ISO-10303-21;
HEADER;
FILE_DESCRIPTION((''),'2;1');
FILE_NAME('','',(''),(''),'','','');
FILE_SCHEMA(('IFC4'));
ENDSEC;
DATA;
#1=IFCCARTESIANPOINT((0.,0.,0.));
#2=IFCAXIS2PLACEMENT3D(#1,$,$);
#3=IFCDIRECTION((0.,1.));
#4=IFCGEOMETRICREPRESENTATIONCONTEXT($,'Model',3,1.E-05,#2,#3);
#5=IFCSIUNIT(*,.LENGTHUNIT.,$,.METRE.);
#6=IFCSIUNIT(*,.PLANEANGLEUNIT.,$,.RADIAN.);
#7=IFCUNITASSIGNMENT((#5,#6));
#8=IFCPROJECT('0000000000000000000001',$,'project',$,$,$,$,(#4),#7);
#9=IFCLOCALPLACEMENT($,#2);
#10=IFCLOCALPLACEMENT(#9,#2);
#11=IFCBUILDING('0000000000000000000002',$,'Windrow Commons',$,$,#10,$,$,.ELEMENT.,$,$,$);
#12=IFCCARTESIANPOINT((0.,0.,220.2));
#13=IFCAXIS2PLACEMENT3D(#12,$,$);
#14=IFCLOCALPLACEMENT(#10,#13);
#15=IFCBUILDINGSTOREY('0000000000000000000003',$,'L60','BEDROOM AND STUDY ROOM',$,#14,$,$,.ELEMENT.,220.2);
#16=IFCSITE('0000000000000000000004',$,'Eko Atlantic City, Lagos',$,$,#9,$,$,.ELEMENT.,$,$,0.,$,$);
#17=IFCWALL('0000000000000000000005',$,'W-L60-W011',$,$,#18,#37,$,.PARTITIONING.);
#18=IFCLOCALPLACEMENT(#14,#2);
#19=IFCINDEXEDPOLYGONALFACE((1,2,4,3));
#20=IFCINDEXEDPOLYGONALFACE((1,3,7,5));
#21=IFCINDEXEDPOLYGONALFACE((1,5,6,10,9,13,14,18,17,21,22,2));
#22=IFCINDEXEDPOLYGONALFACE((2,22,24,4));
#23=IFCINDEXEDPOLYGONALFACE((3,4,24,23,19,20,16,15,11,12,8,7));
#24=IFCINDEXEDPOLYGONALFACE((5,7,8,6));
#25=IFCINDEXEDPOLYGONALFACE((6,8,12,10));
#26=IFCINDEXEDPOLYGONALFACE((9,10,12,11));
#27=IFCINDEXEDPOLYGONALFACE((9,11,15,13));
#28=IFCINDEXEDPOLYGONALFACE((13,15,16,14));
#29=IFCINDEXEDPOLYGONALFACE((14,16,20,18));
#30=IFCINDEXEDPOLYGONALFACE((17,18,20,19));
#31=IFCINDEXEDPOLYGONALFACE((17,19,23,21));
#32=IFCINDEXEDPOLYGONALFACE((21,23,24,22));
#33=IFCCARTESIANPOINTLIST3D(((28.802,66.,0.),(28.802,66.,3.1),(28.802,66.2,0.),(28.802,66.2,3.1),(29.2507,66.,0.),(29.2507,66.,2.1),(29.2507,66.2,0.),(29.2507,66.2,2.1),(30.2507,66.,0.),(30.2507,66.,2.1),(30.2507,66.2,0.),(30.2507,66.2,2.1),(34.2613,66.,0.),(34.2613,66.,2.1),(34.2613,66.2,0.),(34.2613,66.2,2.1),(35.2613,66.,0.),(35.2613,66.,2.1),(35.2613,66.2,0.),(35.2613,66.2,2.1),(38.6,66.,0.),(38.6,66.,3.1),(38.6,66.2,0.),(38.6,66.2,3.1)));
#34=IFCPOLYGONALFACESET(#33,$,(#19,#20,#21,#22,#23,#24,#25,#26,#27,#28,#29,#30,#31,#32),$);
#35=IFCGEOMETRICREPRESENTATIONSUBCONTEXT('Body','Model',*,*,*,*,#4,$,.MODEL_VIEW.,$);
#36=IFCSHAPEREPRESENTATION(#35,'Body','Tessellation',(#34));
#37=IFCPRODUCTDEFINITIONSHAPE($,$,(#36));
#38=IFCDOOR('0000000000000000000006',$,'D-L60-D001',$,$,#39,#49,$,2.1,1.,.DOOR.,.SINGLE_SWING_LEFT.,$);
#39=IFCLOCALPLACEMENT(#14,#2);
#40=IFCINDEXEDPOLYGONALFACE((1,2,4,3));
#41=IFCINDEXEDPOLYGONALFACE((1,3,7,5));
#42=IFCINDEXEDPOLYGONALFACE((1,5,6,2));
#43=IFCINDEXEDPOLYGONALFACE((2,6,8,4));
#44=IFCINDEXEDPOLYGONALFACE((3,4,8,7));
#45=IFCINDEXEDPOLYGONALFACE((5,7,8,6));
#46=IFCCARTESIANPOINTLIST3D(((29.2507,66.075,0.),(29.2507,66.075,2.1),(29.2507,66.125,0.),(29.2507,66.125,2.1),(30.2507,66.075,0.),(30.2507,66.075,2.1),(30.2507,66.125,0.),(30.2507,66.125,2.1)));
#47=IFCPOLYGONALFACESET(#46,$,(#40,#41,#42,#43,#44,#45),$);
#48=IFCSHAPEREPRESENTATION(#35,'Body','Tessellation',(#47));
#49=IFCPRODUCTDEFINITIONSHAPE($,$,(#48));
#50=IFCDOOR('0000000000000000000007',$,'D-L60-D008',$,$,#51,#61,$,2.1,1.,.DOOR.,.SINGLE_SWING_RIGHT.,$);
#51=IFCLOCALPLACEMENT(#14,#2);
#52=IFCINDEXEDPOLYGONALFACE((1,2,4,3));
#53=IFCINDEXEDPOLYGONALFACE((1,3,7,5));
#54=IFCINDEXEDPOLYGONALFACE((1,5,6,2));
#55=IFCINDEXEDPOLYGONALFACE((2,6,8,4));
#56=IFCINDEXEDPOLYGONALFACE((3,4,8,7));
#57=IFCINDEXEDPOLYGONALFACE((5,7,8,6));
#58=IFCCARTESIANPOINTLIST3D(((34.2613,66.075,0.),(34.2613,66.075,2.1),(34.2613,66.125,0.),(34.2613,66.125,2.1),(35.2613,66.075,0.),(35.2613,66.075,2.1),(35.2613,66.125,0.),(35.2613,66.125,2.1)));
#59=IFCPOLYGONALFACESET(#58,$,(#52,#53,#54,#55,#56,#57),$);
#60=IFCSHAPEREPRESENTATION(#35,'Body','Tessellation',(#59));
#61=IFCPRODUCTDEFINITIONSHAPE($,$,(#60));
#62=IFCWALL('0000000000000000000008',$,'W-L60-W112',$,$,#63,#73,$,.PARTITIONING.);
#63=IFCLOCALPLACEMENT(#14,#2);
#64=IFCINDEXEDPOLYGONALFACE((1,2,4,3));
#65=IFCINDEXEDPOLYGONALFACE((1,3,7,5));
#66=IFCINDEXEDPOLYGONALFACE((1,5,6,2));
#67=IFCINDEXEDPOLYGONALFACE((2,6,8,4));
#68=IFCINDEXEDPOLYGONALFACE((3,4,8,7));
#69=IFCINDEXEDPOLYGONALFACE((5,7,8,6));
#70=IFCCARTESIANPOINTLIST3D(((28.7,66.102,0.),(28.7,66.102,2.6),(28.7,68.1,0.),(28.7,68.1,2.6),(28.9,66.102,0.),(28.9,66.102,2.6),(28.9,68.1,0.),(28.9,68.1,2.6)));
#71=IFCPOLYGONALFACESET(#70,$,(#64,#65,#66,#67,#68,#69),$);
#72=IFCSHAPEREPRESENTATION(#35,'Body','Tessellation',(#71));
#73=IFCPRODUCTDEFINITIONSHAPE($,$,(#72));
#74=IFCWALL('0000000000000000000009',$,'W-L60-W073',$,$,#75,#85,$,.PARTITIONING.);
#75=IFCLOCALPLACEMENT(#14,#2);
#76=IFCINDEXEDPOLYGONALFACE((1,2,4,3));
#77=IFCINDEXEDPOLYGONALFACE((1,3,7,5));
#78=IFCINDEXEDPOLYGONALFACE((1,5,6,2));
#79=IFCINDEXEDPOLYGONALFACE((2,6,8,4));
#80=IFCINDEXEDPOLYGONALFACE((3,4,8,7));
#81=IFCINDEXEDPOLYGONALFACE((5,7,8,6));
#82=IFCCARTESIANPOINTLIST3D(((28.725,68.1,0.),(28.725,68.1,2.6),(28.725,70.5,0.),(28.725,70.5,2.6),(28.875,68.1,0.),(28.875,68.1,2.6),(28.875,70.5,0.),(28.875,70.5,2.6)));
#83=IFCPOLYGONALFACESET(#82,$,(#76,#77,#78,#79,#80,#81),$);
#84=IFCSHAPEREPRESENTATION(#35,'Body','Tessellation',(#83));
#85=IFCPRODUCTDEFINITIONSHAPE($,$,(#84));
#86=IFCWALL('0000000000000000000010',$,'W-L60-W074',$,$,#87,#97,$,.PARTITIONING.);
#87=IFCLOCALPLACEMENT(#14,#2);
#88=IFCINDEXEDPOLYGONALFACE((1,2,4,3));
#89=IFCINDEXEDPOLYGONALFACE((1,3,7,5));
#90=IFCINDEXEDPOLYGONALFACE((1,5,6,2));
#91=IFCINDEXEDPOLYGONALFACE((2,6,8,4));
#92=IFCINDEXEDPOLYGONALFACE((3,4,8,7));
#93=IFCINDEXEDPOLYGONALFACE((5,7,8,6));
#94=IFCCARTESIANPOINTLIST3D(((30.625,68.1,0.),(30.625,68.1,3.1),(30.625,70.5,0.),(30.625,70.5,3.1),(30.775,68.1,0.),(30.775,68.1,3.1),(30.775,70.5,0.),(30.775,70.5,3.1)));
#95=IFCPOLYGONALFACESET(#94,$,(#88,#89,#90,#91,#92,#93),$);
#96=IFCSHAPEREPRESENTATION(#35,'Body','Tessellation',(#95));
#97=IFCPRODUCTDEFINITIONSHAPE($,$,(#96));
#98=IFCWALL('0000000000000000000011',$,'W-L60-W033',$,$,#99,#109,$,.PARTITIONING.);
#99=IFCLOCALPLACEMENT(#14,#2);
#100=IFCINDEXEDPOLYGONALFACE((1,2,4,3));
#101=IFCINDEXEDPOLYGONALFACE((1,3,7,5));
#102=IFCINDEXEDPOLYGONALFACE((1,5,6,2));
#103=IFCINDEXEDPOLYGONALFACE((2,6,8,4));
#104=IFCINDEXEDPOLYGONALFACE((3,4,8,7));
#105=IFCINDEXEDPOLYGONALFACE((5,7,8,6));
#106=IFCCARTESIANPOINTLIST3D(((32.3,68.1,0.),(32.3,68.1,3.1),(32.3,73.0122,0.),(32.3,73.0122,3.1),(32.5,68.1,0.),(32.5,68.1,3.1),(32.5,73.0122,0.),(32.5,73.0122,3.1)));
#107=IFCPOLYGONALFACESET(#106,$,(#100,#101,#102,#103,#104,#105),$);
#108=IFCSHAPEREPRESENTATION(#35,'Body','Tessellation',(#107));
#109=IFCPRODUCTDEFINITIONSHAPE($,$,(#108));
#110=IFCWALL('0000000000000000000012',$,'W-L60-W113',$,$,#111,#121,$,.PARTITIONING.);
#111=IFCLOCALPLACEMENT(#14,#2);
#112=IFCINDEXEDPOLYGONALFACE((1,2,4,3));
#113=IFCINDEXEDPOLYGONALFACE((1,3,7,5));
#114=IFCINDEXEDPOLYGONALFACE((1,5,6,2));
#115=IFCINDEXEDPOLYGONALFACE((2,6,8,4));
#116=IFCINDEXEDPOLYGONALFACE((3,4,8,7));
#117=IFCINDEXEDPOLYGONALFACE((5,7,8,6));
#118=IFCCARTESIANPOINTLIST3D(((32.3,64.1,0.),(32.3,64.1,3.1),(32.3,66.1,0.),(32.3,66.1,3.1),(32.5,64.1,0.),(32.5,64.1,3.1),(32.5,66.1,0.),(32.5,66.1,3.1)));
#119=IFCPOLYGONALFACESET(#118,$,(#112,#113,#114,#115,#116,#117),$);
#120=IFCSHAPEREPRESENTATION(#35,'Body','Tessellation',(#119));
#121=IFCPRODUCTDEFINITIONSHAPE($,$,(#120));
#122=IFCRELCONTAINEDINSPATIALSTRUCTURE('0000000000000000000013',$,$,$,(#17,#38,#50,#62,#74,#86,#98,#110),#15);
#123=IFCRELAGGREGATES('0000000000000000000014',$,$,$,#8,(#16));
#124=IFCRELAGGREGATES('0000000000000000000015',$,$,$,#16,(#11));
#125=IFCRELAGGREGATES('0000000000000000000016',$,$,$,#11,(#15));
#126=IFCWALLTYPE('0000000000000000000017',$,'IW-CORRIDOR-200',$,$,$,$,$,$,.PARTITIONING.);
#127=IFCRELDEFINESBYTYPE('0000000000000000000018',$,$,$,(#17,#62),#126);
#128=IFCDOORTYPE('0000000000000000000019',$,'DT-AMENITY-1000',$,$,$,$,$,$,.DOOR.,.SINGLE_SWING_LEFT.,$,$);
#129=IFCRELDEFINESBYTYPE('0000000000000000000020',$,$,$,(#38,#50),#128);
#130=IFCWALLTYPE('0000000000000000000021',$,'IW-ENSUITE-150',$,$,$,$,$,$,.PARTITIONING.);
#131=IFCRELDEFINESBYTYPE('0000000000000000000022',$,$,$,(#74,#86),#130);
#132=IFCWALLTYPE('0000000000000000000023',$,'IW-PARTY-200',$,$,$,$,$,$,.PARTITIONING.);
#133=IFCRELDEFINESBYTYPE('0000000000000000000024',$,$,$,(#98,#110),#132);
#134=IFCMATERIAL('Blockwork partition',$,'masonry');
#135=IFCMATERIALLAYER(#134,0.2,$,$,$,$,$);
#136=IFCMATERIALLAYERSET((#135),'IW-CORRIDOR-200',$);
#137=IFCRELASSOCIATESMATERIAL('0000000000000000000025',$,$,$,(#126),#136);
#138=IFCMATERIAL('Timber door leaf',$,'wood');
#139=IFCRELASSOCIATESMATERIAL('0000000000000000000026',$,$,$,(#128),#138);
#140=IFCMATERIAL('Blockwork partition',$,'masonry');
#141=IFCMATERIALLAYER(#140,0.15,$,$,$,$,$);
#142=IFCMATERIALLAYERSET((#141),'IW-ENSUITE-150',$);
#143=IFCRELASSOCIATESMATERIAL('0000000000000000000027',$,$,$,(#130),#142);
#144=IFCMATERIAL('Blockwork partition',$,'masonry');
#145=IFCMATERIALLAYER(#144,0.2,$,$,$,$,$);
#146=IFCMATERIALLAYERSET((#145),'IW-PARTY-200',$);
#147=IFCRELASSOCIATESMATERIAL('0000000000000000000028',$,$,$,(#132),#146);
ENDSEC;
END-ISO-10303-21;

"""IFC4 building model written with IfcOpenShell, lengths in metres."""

from ifc_helpers import new_model, si_unit, direction, frame, frame_2d, origin, place, context, subcontext, project, spatial, rectangle, extrude, material, layer, layer_set, type_object, element, fill, save


model = new_model("IFC4")

# Units and contexts
model_context = context("Model", 3, precision=1e-05, world=origin(), true_north=direction((0.0, 1.0)))
body_context = subcontext(model_context, "Body", "Model", "MODEL_VIEW")
ifc_project = project(units=[si_unit("LENGTHUNIT", "METRE"), si_unit("PLANEANGLEUNIT", "RADIAN")], contexts=[model_context])

# Site, building, storey
site_placement = place(None, origin())
site = spatial("IfcSite", under=ifc_project, at=site_placement, Name="Eko Atlantic City, Lagos", CompositionType="ELEMENT", RefElevation=0.0)
building_placement = place(site_placement, origin())
building = spatial("IfcBuilding", under=site, at=building_placement, Name="Windrow Commons", CompositionType="ELEMENT")
storey_placement = place(building_placement, frame((0.0, 0.0, 220.2)))
storey = spatial("IfcBuildingStorey", under=building, at=storey_placement, Name="L60", Description="BEDROOM AND STUDY ROOM", CompositionType="ELEMENT", Elevation=220.2)

# Wall, openings, doors
ifc_material_1 = material(Name="Blockwork partition", Category="masonry")
ifc_layer_1 = layer(ifc_material_1, 0.2)
ifc_layer_set_1 = layer_set([ifc_layer_1], Name="IW-CORRIDOR-200")
wall_type_1 = type_object("IfcWallType", Name="IW-CORRIDOR-200", PredefinedType="PARTITIONING", material=ifc_layer_set_1)
wall_1_placement = place(storey_placement, frame((28.802, 66.1, 0.0), z_axis=(0.0, 0.0, 1.0), x_axis=(1.0, 0.0, 0.0)))
wall_1 = element("IfcWall", 1, at=wall_1_placement, inside=storey, type_object=wall_type_1, Name="W-L60-W011", PredefinedType="PARTITIONING", context=body_context, shape_type="SweptSolid", body=[
    extrude(rectangle(XDim=9.798, YDim=0.2, at=frame_2d((4.899, 0.0))), origin(), (0.0, 0.0, 1.0), 3.1),
])
opening_1_placement = place(wall_1_placement, frame((0.4487, 0.0, 0.0)))
opening_1 = element("IfcOpeningElement", 2, at=opening_1_placement, cuts=wall_1, PredefinedType="OPENING", context=body_context, shape_type="SweptSolid", body=[
    extrude(rectangle(XDim=1.0, YDim=2.1, at=frame_2d((0.5, 1.05))), frame((0.0, 0.11, 0.0), z_axis=(0.0, -1.0, 0.0), x_axis=(1.0, 0.0, 0.0)), (0.0, 0.0, 1.0), 0.22),
])
opening_2_placement = place(wall_1_placement, frame((5.4593, 0.0, 0.0)))
opening_2 = element("IfcOpeningElement", 3, at=opening_2_placement, cuts=wall_1, PredefinedType="OPENING", context=body_context, shape_type="SweptSolid", body=[
    extrude(rectangle(XDim=1.0, YDim=2.1, at=frame_2d((0.5, 1.05))), frame((0.0, 0.11, 0.0), z_axis=(0.0, -1.0, 0.0), x_axis=(1.0, 0.0, 0.0)), (0.0, 0.0, 1.0), 0.22),
])
ifc_material_2 = material(Name="Timber door leaf", Category="wood")
door_type_1 = type_object("IfcDoorType", Name="DT-AMENITY-1000", OperationType="SINGLE_SWING_LEFT", PredefinedType="DOOR", material=ifc_material_2)
door_1_placement = place(opening_1_placement, origin())
door_1 = element("IfcDoor", 4, at=door_1_placement, inside=storey, type_object=door_type_1, Name="D-L60-D001", OperationType="SINGLE_SWING_LEFT", OverallHeight=2.1, OverallWidth=1.0, PredefinedType="DOOR", context=body_context, shape_type="SweptSolid", body=[
    extrude(rectangle(XDim=1.0, YDim=2.1, at=frame_2d((0.5, 1.05))), frame((0.0, 0.025, 0.0), z_axis=(0.0, -1.0, 0.0), x_axis=(1.0, 0.0, 0.0)), (0.0, 0.0, 1.0), 0.05),
])
fill(opening_1, door_1)
door_2_placement = place(opening_2_placement, origin())
door_2 = element("IfcDoor", 5, at=door_2_placement, inside=storey, type_object=door_type_1, Name="D-L60-D008", OperationType="SINGLE_SWING_RIGHT", OverallHeight=2.1, OverallWidth=1.0, PredefinedType="DOOR", context=body_context, shape_type="SweptSolid", body=[
    extrude(rectangle(XDim=1.0, YDim=2.1, at=frame_2d((0.5, 1.05))), frame((0.0, 0.025, 0.0), z_axis=(0.0, -1.0, 0.0), x_axis=(1.0, 0.0, 0.0)), (0.0, 0.0, 1.0), 0.05),
])
fill(opening_2, door_2)

# Walls
wall_2_placement = place(storey_placement, frame((28.8, 66.102, 0.0), z_axis=(0.0, 0.0, 1.0), x_axis=(0.0, 1.0, 0.0)))
element("IfcWall", 6, at=wall_2_placement, inside=storey, type_object=wall_type_1, Name="W-L60-W112", PredefinedType="PARTITIONING", context=body_context, shape_type="SweptSolid", body=[
    extrude(rectangle(XDim=1.998, YDim=0.2, at=frame_2d((0.999, 0.0))), origin(), (0.0, 0.0, 1.0), 2.6),
])
ifc_material_3 = material(Name="Blockwork partition", Category="masonry")
ifc_layer_2 = layer(ifc_material_3, 0.15)
ifc_layer_set_2 = layer_set([ifc_layer_2], Name="IW-ENSUITE-150")
wall_type_2 = type_object("IfcWallType", Name="IW-ENSUITE-150", PredefinedType="PARTITIONING", material=ifc_layer_set_2)
wall_3_placement = place(storey_placement, frame((28.8, 68.1, 0.0), z_axis=(0.0, 0.0, 1.0), x_axis=(0.0, 1.0, 0.0)))
element("IfcWall", 7, at=wall_3_placement, inside=storey, type_object=wall_type_2, Name="W-L60-W073", PredefinedType="PARTITIONING", context=body_context, shape_type="SweptSolid", body=[
    extrude(rectangle(XDim=2.4, YDim=0.15, at=frame_2d((1.2, 0.0))), origin(), (0.0, 0.0, 1.0), 2.6),
])
wall_4_placement = place(storey_placement, frame((30.7, 68.1, 0.0), z_axis=(0.0, 0.0, 1.0), x_axis=(0.0, 1.0, 0.0)))
element("IfcWall", 8, at=wall_4_placement, inside=storey, type_object=wall_type_2, Name="W-L60-W074", PredefinedType="PARTITIONING", context=body_context, shape_type="SweptSolid", body=[
    extrude(rectangle(XDim=2.4, YDim=0.15, at=frame_2d((1.2, 0.0))), origin(), (0.0, 0.0, 1.0), 3.1),
])
ifc_material_4 = material(Name="Blockwork partition", Category="masonry")
ifc_layer_3 = layer(ifc_material_4, 0.2)
ifc_layer_set_3 = layer_set([ifc_layer_3], Name="IW-PARTY-200")
wall_type_3 = type_object("IfcWallType", Name="IW-PARTY-200", PredefinedType="PARTITIONING", material=ifc_layer_set_3)
wall_5_placement = place(storey_placement, frame((32.4, 68.1, 0.0), z_axis=(0.0, 0.0, 1.0), x_axis=(0.0, 1.0, 0.0)))
element("IfcWall", 9, at=wall_5_placement, inside=storey, type_object=wall_type_3, Name="W-L60-W033", PredefinedType="PARTITIONING", context=body_context, shape_type="SweptSolid", body=[
    extrude(rectangle(XDim=4.9122, YDim=0.2, at=frame_2d((2.4561, 0.0))), origin(), (0.0, 0.0, 1.0), 3.1),
])
wall_6_placement = place(storey_placement, frame((32.4, 64.1, 0.0), z_axis=(0.0, 0.0, 1.0), x_axis=(0.0, 1.0, 0.0)))
element("IfcWall", 10, at=wall_6_placement, inside=storey, type_object=wall_type_3, Name="W-L60-W113", PredefinedType="PARTITIONING", context=body_context, shape_type="SweptSolid", body=[
    extrude(rectangle(XDim=2.0, YDim=0.2, at=frame_2d((1.0, 0.0))), origin(), (0.0, 0.0, 1.0), 3.1),
])

save(model, "model.ifc")
